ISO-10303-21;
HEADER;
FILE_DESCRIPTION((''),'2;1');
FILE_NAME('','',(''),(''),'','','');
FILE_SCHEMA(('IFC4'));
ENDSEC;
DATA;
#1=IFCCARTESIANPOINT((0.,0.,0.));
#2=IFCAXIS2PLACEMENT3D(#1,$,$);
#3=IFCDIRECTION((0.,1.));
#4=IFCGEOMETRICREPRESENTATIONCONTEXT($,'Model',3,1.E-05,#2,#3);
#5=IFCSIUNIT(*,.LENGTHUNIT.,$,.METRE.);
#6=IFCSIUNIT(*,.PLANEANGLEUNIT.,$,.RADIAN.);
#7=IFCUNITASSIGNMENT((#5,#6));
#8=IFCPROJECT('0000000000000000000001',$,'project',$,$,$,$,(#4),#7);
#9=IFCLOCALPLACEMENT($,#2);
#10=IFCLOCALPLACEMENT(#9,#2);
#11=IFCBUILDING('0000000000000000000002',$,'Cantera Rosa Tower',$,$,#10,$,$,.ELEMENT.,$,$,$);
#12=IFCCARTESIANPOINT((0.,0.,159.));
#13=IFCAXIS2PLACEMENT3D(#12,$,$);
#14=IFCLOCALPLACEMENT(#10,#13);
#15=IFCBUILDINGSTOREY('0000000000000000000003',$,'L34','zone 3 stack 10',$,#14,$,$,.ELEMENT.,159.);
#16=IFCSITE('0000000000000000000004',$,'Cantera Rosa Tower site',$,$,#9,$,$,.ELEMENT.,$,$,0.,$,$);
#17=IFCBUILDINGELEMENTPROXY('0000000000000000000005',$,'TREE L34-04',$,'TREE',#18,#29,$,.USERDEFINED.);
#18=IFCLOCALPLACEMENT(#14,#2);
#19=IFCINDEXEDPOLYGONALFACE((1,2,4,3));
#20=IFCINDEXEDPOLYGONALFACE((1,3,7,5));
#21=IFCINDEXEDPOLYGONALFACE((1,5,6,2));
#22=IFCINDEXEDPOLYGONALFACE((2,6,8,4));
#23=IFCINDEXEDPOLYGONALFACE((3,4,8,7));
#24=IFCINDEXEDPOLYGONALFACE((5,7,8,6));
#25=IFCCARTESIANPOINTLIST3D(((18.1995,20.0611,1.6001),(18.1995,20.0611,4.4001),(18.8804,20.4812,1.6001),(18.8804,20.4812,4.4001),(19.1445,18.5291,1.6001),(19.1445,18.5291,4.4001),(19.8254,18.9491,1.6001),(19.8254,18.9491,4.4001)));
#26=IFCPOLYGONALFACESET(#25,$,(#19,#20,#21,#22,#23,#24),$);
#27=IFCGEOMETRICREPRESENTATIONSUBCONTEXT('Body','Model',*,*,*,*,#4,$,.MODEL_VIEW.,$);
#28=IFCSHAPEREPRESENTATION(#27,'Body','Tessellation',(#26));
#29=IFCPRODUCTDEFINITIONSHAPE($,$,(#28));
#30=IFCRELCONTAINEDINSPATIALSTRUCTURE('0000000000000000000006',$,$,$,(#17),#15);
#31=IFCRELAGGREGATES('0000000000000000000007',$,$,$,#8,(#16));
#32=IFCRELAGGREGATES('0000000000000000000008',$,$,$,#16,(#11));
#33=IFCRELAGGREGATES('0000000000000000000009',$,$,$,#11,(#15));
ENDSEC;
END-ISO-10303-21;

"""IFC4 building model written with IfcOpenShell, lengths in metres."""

from ifc_helpers import new_model, si_unit, direction, frame, origin, origin_2d, place, context, subcontext, project, spatial, rectangle, extrude, element, save


model = new_model("IFC4")

# Units and contexts
model_context = context("Model", 3, precision=1e-05, world=origin(), true_north=direction((0.0, 1.0)))
body_context = subcontext(model_context, "Body", "Model", "MODEL_VIEW")
ifc_project = project(units=[si_unit("LENGTHUNIT", "METRE"), si_unit("PLANEANGLEUNIT", "RADIAN")], contexts=[model_context])

# Site, building, storey
site_placement = place(None, origin())
site = spatial("IfcSite", under=ifc_project, at=site_placement, Name="Cantera Rosa Tower site", CompositionType="ELEMENT", RefElevation=0.0)
building_placement = place(site_placement, origin())
building = spatial("IfcBuilding", under=site, at=building_placement, Name="Cantera Rosa Tower", CompositionType="ELEMENT")
storey_placement = place(building_placement, frame((0.0, 0.0, 159.0)))
storey = spatial("IfcBuildingStorey", under=building, at=storey_placement, Name="L34", Description="zone 3 stack 10", CompositionType="ELEMENT", Elevation=159.0)

# Building element proxy
proxy_placement = place(storey_placement, frame((19.0125, 19.5051, 1.6001), z_axis=(0.0, 0.0, 1.0), x_axis=(-0.524977, 0.851117, 0.0)))
element("IfcBuildingElementProxy", 1, at=proxy_placement, inside=storey, Name="TREE L34-04", ObjectType="TREE", PredefinedType="USERDEFINED", context=body_context, shape_type="SweptSolid", body=[
    extrude(rectangle(XDim=1.8, YDim=0.8, at=origin_2d()), origin(), (0.0, 0.0, 1.0), 2.8),
])

save(model, "model.ifc")
